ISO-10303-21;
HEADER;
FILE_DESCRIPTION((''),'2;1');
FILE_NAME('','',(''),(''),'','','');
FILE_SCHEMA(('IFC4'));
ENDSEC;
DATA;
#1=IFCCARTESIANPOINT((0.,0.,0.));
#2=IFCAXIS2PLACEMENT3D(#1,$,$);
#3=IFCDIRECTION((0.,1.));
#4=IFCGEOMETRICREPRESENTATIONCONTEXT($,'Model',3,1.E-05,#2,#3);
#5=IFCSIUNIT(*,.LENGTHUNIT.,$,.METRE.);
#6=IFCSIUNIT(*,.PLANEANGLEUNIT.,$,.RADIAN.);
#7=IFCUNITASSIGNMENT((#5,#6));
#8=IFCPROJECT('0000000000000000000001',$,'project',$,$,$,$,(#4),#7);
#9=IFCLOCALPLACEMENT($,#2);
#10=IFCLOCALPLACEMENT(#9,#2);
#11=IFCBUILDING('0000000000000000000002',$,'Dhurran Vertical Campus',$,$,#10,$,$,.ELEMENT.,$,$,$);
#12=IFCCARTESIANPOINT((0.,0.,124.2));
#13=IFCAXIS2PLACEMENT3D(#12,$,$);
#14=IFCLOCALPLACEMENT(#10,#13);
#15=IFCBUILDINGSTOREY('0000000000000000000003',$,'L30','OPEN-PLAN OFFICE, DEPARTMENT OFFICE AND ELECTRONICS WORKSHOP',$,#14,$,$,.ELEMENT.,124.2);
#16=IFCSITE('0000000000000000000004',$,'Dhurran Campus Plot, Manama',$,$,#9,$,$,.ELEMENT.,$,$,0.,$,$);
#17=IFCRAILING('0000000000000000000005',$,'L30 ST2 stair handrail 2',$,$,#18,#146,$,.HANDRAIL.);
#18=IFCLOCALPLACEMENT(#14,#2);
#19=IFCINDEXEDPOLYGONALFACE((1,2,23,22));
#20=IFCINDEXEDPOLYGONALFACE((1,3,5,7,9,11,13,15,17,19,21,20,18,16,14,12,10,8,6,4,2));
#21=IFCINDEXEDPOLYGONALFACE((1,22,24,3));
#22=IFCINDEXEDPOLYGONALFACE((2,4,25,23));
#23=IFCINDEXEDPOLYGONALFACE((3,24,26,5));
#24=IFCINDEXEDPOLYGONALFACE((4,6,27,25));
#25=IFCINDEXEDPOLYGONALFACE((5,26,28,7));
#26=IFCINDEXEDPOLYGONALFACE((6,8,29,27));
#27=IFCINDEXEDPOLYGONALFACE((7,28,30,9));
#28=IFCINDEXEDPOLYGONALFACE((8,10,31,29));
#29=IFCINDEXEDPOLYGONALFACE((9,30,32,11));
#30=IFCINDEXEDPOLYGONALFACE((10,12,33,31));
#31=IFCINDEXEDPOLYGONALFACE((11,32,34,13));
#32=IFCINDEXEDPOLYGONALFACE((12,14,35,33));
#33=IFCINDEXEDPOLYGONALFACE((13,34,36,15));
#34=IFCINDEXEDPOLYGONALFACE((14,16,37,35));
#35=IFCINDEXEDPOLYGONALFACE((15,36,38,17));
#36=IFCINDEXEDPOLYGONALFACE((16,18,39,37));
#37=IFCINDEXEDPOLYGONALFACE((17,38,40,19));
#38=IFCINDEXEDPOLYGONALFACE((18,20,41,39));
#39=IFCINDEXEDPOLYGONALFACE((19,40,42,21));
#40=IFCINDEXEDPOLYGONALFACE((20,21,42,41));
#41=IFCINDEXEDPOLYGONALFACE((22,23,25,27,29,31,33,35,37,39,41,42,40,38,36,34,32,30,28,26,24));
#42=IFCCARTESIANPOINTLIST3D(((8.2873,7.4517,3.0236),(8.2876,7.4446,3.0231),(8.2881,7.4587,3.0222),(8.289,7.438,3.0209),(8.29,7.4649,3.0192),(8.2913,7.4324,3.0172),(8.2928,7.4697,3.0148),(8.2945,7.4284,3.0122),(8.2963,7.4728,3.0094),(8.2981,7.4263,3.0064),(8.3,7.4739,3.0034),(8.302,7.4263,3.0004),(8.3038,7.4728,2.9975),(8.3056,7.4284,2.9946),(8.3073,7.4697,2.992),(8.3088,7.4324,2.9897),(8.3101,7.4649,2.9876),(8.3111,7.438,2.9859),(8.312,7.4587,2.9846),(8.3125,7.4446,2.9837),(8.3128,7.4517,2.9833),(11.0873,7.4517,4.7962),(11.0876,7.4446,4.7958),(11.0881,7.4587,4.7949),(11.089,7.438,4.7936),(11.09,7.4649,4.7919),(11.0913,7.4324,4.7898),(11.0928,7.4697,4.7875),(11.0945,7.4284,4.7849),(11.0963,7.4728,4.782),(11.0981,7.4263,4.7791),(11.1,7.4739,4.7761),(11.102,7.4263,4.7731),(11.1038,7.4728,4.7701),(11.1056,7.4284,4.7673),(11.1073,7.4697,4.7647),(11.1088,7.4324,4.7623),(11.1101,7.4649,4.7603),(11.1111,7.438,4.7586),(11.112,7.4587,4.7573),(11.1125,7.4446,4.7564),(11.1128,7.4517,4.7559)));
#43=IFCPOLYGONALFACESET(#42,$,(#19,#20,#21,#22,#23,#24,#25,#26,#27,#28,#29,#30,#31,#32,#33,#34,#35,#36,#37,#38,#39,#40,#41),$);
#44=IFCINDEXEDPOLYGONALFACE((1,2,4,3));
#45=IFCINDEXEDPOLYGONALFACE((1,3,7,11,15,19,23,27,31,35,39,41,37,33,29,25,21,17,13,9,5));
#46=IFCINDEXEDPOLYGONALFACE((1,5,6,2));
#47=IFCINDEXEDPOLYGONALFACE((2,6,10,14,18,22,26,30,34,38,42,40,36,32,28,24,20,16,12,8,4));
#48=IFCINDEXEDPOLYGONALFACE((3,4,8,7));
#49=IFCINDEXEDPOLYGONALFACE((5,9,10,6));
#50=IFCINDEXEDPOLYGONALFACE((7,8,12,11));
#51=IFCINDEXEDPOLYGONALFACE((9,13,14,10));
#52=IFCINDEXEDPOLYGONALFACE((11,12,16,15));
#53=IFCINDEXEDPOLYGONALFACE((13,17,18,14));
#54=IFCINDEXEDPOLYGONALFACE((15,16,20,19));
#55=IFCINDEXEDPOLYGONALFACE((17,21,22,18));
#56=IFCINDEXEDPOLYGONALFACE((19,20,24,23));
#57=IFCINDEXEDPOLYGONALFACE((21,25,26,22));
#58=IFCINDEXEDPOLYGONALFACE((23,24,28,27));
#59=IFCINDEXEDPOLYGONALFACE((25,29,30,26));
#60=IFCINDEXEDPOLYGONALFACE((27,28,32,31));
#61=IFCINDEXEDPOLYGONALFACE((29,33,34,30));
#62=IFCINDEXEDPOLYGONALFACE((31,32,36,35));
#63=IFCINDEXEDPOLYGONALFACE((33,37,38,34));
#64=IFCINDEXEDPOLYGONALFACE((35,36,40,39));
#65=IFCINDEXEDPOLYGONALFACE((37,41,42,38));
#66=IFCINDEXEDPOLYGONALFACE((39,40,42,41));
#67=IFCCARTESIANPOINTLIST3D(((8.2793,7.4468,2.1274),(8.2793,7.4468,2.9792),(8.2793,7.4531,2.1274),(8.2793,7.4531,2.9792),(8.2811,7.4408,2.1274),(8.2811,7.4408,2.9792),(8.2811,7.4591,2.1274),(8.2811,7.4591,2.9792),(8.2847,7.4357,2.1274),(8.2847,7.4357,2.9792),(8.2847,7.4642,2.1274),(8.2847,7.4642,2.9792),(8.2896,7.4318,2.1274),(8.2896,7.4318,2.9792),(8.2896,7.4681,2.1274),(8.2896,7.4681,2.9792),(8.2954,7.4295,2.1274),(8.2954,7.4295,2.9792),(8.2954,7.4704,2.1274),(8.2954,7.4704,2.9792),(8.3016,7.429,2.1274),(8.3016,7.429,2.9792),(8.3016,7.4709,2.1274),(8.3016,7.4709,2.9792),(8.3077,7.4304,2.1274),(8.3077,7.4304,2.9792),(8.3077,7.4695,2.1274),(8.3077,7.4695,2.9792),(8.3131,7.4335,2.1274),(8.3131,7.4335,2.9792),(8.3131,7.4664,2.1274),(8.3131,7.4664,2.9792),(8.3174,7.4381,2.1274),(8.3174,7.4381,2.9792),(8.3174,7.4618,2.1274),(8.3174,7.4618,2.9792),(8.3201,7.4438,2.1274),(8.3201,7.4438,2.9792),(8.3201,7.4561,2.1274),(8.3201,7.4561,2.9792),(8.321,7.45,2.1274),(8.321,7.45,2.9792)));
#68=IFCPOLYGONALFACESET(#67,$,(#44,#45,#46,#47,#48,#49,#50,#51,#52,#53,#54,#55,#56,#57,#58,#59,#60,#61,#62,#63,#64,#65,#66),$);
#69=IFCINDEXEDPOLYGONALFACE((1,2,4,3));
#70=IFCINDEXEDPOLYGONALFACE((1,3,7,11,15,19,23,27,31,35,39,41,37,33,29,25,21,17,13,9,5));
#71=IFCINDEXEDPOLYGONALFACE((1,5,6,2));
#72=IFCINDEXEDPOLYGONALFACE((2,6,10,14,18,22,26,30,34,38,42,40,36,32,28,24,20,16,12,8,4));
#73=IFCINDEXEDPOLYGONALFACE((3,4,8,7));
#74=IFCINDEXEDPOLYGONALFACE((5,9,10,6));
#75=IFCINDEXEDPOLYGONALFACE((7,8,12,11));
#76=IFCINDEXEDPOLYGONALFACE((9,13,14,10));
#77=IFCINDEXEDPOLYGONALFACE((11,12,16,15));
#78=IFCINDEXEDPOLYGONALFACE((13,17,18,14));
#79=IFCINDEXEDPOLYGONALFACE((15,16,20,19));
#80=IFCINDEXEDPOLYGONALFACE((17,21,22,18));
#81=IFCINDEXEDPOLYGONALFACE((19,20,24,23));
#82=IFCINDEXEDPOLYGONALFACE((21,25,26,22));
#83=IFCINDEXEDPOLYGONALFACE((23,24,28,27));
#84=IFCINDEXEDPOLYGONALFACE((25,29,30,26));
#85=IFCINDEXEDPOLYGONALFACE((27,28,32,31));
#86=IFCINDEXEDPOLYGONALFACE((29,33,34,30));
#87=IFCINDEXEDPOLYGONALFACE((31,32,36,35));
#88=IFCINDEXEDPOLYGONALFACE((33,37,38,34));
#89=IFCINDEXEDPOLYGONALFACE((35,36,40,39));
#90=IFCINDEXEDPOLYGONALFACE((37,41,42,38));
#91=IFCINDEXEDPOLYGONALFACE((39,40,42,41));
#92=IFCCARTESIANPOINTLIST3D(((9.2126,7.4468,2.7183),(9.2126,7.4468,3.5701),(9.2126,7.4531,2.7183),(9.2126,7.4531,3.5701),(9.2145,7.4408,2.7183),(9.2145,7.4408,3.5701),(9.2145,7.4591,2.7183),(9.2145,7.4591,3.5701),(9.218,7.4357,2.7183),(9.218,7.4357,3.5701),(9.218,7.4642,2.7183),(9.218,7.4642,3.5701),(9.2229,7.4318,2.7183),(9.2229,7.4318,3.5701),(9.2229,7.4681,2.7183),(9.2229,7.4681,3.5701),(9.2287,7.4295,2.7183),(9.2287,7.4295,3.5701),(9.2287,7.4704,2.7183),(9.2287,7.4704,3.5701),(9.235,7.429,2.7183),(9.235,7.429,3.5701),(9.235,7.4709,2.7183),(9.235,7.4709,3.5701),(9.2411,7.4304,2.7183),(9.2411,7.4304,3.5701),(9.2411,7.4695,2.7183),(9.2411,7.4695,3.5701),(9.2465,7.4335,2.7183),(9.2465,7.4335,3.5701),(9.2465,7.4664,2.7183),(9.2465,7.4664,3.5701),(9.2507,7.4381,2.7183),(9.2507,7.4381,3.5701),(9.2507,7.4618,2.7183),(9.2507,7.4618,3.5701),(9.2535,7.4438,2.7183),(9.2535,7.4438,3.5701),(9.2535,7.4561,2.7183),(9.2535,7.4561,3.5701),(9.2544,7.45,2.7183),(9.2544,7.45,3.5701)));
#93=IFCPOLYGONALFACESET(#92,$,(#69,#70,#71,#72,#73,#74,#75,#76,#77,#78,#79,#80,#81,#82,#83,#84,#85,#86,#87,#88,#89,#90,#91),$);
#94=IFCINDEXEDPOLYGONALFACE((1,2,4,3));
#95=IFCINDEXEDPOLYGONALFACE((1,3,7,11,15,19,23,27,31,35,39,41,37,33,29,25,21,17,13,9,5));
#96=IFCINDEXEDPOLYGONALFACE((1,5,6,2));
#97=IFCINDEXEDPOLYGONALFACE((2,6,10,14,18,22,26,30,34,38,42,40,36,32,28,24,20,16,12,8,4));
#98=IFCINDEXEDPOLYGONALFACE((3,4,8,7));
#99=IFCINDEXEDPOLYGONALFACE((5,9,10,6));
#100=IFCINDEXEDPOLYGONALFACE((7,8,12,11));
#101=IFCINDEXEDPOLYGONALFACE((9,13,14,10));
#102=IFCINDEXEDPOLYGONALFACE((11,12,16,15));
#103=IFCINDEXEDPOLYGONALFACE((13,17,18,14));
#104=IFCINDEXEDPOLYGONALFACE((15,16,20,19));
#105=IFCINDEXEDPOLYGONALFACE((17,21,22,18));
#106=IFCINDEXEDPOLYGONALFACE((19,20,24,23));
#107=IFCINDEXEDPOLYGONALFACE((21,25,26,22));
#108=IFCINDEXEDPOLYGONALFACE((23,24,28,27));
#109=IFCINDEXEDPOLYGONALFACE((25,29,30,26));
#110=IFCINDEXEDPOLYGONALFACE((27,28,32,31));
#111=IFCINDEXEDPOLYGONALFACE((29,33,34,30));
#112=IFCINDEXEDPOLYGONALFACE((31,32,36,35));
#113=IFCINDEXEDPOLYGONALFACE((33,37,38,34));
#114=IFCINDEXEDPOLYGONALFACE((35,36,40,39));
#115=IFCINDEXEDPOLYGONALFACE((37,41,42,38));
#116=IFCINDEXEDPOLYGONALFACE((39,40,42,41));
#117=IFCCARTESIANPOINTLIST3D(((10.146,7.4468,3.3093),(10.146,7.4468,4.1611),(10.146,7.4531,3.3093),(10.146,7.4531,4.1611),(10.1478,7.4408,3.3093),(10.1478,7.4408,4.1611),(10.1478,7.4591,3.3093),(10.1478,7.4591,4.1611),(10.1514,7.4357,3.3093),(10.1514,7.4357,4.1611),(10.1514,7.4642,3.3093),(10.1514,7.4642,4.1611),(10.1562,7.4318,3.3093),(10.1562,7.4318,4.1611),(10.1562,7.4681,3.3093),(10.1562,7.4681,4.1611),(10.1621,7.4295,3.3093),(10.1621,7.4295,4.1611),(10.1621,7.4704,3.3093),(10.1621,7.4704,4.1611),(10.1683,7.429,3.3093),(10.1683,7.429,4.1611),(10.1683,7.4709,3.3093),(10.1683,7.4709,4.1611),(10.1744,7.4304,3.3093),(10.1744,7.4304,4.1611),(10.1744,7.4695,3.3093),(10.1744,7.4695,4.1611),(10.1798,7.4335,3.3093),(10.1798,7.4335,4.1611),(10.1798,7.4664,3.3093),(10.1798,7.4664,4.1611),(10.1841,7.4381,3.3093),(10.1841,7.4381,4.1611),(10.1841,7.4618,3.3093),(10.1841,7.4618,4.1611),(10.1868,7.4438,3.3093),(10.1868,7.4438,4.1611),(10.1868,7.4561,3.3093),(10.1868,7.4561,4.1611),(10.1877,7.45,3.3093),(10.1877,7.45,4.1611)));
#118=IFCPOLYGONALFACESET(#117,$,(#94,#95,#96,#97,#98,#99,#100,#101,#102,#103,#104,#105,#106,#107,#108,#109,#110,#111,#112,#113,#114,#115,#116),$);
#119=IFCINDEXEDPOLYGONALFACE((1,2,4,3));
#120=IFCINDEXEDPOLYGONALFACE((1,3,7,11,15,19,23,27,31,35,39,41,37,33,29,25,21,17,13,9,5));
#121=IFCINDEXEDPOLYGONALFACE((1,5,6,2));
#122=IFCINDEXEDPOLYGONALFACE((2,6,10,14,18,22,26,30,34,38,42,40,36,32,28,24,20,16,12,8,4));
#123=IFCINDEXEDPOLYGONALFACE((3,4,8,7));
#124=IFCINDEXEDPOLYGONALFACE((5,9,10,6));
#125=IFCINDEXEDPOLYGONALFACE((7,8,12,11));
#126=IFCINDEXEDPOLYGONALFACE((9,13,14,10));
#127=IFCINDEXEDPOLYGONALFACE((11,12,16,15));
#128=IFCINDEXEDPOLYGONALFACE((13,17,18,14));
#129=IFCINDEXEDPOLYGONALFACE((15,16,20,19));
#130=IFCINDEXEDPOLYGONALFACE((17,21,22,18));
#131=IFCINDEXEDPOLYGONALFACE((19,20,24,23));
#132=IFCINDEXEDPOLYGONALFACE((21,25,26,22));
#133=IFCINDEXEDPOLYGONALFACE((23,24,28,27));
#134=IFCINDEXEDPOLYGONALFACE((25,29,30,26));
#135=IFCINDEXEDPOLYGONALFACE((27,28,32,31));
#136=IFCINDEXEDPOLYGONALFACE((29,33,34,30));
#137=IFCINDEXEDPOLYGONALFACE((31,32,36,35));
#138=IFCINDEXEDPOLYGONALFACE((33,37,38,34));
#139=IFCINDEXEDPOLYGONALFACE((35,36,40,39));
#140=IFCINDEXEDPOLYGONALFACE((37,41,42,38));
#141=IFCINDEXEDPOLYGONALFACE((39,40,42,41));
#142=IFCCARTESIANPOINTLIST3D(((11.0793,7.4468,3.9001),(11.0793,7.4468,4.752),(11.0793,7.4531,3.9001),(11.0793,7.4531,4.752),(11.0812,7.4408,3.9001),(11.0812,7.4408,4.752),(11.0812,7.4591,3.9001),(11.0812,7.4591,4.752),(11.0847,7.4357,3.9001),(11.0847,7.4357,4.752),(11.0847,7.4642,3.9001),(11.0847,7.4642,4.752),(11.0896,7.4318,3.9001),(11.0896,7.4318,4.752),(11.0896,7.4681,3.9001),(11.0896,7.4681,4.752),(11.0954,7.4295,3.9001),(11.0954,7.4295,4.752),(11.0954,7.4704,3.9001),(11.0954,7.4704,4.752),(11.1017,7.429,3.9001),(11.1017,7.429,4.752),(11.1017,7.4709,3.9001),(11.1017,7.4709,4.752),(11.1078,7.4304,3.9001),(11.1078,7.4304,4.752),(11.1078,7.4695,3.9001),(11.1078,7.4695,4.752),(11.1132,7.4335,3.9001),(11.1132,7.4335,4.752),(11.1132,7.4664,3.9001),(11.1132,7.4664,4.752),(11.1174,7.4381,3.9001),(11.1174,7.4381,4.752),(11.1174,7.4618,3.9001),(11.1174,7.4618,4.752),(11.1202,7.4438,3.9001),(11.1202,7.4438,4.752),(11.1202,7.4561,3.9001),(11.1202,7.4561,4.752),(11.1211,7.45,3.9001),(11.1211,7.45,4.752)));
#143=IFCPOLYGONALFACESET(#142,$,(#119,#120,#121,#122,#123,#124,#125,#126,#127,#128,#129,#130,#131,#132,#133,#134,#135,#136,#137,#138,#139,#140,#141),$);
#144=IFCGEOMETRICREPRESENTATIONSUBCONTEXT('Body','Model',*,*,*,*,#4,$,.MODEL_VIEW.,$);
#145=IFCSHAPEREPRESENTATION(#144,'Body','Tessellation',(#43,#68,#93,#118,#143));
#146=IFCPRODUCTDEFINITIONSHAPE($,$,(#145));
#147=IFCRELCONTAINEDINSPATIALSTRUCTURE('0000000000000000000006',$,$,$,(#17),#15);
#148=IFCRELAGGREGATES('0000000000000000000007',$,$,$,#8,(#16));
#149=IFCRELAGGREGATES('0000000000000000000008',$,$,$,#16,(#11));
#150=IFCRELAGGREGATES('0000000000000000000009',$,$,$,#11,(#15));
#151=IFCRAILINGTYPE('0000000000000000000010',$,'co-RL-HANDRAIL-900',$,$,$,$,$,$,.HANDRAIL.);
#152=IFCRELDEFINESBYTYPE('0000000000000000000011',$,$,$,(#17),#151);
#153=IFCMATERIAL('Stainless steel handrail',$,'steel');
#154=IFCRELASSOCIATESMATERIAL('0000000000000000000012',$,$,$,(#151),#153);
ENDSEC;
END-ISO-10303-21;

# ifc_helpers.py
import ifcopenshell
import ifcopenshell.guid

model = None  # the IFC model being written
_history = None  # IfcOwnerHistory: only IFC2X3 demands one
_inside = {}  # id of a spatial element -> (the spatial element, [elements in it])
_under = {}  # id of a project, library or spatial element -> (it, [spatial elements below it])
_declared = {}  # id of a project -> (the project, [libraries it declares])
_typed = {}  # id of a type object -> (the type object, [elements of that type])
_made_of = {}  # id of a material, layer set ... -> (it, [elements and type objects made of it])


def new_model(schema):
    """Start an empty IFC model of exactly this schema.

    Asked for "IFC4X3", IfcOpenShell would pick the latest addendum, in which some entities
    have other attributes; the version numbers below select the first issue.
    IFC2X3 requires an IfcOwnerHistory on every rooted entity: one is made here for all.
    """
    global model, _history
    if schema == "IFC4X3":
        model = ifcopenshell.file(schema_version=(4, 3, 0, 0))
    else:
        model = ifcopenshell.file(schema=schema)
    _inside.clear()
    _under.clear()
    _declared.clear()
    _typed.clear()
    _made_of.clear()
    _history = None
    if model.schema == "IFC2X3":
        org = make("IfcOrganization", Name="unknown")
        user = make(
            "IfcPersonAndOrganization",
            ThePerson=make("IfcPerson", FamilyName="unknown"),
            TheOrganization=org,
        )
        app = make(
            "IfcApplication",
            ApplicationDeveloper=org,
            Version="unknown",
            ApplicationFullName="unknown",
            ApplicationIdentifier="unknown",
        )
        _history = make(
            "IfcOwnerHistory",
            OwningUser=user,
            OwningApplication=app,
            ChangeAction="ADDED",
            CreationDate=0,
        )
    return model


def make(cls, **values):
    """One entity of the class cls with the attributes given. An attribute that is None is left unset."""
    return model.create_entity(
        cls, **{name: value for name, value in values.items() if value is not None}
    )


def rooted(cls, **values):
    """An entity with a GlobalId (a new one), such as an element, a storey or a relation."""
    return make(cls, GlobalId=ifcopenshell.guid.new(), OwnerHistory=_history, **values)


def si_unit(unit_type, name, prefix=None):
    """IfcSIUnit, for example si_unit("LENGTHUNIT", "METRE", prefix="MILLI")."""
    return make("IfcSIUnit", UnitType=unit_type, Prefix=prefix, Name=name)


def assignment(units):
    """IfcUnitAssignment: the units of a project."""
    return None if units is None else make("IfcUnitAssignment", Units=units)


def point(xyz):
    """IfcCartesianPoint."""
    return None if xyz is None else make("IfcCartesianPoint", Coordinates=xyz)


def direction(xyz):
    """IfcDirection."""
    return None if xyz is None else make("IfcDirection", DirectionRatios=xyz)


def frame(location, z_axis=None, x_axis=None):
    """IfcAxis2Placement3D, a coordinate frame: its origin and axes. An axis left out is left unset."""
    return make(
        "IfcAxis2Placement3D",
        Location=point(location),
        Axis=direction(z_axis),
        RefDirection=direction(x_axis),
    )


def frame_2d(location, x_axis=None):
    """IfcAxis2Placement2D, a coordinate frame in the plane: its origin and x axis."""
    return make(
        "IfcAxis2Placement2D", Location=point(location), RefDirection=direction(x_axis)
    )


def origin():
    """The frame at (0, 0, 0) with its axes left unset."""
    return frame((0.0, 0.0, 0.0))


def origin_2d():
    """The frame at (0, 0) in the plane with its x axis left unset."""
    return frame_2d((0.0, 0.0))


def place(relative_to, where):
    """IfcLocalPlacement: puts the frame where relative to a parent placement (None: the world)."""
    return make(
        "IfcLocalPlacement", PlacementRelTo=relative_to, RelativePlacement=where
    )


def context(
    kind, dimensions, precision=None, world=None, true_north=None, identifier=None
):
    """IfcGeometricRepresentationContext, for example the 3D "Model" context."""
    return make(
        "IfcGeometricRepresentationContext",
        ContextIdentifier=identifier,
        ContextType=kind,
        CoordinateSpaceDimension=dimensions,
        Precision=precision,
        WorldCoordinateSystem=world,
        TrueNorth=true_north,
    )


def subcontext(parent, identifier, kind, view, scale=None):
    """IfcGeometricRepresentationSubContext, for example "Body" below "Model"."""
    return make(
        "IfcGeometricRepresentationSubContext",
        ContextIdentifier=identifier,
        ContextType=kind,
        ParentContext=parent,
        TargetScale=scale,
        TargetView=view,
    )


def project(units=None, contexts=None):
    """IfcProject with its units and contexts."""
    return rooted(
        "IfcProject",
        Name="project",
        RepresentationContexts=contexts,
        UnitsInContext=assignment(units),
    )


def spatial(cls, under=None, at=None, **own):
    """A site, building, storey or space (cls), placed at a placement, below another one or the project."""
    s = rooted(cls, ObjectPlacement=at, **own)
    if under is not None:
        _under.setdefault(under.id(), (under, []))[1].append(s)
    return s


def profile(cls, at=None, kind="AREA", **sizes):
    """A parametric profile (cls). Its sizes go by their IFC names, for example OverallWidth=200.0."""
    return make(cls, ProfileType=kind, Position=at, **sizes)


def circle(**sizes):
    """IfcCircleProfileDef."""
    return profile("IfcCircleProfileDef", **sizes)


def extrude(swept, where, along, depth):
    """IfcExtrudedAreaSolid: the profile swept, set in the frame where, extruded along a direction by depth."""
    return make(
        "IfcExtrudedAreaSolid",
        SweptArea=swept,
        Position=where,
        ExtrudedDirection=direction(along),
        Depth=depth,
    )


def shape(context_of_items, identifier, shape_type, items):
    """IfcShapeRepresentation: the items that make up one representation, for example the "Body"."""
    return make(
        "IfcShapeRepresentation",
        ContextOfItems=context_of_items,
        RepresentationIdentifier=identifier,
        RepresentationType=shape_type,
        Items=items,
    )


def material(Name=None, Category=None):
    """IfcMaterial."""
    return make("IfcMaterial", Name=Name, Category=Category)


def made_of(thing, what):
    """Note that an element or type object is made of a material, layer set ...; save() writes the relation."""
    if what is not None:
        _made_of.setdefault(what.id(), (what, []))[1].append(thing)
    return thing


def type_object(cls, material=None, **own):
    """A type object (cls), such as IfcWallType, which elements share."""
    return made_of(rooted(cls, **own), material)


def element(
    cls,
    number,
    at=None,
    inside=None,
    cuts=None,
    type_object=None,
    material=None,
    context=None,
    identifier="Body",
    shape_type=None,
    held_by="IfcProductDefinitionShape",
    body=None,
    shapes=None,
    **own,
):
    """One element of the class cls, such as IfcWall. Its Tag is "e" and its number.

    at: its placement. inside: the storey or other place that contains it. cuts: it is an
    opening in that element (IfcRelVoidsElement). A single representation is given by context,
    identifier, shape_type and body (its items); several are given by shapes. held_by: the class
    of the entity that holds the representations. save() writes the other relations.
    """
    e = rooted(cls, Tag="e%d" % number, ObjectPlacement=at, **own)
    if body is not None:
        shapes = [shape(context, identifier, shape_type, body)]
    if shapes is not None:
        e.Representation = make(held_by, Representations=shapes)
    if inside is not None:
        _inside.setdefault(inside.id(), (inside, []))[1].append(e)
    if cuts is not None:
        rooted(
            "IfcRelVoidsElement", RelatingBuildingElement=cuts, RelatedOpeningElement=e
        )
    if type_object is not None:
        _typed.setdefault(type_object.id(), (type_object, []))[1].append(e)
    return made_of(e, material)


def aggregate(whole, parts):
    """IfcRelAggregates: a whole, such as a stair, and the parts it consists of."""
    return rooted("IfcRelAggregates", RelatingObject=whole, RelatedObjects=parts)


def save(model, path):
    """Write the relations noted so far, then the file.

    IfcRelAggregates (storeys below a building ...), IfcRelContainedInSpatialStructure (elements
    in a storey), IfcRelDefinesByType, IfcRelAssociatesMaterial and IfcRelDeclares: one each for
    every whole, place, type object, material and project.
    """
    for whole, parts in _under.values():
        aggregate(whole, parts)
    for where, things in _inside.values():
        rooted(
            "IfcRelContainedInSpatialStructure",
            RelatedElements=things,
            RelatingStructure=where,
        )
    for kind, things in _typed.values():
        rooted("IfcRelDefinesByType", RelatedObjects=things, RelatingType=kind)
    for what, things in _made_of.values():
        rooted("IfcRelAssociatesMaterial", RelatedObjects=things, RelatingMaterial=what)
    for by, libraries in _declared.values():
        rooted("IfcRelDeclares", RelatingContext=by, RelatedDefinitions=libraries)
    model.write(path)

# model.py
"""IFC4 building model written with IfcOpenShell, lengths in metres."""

from ifc_helpers import new_model, si_unit, direction, frame, origin, origin_2d, place, context, subcontext, project, spatial, circle, extrude, material, type_object, element, save


model = new_model("IFC4")

# Units and contexts
model_context = context("Model", 3, precision=1e-05, world=origin(), true_north=direction((0.0, 1.0)))
body_context = subcontext(model_context, "Body", "Model", "MODEL_VIEW")
ifc_project = project(units=[si_unit("LENGTHUNIT", "METRE"), si_unit("PLANEANGLEUNIT", "RADIAN")], contexts=[model_context])

# Site, building, storey
site_placement = place(None, origin())
site = spatial("IfcSite", under=ifc_project, at=site_placement, Name="Dhurran Campus Plot, Manama", CompositionType="ELEMENT", RefElevation=0.0)
building_placement = place(site_placement, origin())
building = spatial("IfcBuilding", under=site, at=building_placement, Name="Dhurran Vertical Campus", CompositionType="ELEMENT")
storey_placement = place(building_placement, frame((0.0, 0.0, 124.2)))
storey = spatial("IfcBuildingStorey", under=building, at=storey_placement, Name="L30", Description="OPEN-PLAN OFFICE, DEPARTMENT OFFICE AND ELECTRONICS WORKSHOP", CompositionType="ELEMENT", Elevation=124.2)

# Railing
ifc_material_1 = material(Name="Stainless steel handrail", Category="steel")
railing_type_1 = type_object("IfcRailingType", Name="co-RL-HANDRAIL-900", PredefinedType="HANDRAIL", material=ifc_material_1)
railing_1_placement = place(storey_placement, frame((8.3, 7.45, 2.1274)))
element("IfcRailing", 1, at=railing_1_placement, inside=storey, type_object=railing_type_1, Name="L30 ST2 stair handrail 2", PredefinedType="HANDRAIL", context=body_context, shape_type="SweptSolid", body=[
    extrude(circle(Radius=0.0239, at=origin_2d()), frame((0.0, 0.0, 0.876), z_axis=(0.844909, 0.0, 0.53491), x_axis=(0.0, 1.0, 0.0)), (0.0, 0.0, 1.0), 3.314),
    extrude(circle(Radius=0.021, at=origin_2d()), origin(), (0.0, 0.0, 1.0), 0.8518),
    extrude(circle(Radius=0.021, at=origin_2d()), frame((0.9333, 0.0, 0.5908)), (0.0, 0.0, 1.0), 0.8518),
    extrude(circle(Radius=0.021, at=origin_2d()), frame((1.8667, 0.0, 1.1819)), (0.0, 0.0, 1.0), 0.8518),
    extrude(circle(Radius=0.021, at=origin_2d()), frame((2.8, 0.0, 1.7727)), (0.0, 0.0, 1.0), 0.8518),
])

save(model, "model.ifc")
